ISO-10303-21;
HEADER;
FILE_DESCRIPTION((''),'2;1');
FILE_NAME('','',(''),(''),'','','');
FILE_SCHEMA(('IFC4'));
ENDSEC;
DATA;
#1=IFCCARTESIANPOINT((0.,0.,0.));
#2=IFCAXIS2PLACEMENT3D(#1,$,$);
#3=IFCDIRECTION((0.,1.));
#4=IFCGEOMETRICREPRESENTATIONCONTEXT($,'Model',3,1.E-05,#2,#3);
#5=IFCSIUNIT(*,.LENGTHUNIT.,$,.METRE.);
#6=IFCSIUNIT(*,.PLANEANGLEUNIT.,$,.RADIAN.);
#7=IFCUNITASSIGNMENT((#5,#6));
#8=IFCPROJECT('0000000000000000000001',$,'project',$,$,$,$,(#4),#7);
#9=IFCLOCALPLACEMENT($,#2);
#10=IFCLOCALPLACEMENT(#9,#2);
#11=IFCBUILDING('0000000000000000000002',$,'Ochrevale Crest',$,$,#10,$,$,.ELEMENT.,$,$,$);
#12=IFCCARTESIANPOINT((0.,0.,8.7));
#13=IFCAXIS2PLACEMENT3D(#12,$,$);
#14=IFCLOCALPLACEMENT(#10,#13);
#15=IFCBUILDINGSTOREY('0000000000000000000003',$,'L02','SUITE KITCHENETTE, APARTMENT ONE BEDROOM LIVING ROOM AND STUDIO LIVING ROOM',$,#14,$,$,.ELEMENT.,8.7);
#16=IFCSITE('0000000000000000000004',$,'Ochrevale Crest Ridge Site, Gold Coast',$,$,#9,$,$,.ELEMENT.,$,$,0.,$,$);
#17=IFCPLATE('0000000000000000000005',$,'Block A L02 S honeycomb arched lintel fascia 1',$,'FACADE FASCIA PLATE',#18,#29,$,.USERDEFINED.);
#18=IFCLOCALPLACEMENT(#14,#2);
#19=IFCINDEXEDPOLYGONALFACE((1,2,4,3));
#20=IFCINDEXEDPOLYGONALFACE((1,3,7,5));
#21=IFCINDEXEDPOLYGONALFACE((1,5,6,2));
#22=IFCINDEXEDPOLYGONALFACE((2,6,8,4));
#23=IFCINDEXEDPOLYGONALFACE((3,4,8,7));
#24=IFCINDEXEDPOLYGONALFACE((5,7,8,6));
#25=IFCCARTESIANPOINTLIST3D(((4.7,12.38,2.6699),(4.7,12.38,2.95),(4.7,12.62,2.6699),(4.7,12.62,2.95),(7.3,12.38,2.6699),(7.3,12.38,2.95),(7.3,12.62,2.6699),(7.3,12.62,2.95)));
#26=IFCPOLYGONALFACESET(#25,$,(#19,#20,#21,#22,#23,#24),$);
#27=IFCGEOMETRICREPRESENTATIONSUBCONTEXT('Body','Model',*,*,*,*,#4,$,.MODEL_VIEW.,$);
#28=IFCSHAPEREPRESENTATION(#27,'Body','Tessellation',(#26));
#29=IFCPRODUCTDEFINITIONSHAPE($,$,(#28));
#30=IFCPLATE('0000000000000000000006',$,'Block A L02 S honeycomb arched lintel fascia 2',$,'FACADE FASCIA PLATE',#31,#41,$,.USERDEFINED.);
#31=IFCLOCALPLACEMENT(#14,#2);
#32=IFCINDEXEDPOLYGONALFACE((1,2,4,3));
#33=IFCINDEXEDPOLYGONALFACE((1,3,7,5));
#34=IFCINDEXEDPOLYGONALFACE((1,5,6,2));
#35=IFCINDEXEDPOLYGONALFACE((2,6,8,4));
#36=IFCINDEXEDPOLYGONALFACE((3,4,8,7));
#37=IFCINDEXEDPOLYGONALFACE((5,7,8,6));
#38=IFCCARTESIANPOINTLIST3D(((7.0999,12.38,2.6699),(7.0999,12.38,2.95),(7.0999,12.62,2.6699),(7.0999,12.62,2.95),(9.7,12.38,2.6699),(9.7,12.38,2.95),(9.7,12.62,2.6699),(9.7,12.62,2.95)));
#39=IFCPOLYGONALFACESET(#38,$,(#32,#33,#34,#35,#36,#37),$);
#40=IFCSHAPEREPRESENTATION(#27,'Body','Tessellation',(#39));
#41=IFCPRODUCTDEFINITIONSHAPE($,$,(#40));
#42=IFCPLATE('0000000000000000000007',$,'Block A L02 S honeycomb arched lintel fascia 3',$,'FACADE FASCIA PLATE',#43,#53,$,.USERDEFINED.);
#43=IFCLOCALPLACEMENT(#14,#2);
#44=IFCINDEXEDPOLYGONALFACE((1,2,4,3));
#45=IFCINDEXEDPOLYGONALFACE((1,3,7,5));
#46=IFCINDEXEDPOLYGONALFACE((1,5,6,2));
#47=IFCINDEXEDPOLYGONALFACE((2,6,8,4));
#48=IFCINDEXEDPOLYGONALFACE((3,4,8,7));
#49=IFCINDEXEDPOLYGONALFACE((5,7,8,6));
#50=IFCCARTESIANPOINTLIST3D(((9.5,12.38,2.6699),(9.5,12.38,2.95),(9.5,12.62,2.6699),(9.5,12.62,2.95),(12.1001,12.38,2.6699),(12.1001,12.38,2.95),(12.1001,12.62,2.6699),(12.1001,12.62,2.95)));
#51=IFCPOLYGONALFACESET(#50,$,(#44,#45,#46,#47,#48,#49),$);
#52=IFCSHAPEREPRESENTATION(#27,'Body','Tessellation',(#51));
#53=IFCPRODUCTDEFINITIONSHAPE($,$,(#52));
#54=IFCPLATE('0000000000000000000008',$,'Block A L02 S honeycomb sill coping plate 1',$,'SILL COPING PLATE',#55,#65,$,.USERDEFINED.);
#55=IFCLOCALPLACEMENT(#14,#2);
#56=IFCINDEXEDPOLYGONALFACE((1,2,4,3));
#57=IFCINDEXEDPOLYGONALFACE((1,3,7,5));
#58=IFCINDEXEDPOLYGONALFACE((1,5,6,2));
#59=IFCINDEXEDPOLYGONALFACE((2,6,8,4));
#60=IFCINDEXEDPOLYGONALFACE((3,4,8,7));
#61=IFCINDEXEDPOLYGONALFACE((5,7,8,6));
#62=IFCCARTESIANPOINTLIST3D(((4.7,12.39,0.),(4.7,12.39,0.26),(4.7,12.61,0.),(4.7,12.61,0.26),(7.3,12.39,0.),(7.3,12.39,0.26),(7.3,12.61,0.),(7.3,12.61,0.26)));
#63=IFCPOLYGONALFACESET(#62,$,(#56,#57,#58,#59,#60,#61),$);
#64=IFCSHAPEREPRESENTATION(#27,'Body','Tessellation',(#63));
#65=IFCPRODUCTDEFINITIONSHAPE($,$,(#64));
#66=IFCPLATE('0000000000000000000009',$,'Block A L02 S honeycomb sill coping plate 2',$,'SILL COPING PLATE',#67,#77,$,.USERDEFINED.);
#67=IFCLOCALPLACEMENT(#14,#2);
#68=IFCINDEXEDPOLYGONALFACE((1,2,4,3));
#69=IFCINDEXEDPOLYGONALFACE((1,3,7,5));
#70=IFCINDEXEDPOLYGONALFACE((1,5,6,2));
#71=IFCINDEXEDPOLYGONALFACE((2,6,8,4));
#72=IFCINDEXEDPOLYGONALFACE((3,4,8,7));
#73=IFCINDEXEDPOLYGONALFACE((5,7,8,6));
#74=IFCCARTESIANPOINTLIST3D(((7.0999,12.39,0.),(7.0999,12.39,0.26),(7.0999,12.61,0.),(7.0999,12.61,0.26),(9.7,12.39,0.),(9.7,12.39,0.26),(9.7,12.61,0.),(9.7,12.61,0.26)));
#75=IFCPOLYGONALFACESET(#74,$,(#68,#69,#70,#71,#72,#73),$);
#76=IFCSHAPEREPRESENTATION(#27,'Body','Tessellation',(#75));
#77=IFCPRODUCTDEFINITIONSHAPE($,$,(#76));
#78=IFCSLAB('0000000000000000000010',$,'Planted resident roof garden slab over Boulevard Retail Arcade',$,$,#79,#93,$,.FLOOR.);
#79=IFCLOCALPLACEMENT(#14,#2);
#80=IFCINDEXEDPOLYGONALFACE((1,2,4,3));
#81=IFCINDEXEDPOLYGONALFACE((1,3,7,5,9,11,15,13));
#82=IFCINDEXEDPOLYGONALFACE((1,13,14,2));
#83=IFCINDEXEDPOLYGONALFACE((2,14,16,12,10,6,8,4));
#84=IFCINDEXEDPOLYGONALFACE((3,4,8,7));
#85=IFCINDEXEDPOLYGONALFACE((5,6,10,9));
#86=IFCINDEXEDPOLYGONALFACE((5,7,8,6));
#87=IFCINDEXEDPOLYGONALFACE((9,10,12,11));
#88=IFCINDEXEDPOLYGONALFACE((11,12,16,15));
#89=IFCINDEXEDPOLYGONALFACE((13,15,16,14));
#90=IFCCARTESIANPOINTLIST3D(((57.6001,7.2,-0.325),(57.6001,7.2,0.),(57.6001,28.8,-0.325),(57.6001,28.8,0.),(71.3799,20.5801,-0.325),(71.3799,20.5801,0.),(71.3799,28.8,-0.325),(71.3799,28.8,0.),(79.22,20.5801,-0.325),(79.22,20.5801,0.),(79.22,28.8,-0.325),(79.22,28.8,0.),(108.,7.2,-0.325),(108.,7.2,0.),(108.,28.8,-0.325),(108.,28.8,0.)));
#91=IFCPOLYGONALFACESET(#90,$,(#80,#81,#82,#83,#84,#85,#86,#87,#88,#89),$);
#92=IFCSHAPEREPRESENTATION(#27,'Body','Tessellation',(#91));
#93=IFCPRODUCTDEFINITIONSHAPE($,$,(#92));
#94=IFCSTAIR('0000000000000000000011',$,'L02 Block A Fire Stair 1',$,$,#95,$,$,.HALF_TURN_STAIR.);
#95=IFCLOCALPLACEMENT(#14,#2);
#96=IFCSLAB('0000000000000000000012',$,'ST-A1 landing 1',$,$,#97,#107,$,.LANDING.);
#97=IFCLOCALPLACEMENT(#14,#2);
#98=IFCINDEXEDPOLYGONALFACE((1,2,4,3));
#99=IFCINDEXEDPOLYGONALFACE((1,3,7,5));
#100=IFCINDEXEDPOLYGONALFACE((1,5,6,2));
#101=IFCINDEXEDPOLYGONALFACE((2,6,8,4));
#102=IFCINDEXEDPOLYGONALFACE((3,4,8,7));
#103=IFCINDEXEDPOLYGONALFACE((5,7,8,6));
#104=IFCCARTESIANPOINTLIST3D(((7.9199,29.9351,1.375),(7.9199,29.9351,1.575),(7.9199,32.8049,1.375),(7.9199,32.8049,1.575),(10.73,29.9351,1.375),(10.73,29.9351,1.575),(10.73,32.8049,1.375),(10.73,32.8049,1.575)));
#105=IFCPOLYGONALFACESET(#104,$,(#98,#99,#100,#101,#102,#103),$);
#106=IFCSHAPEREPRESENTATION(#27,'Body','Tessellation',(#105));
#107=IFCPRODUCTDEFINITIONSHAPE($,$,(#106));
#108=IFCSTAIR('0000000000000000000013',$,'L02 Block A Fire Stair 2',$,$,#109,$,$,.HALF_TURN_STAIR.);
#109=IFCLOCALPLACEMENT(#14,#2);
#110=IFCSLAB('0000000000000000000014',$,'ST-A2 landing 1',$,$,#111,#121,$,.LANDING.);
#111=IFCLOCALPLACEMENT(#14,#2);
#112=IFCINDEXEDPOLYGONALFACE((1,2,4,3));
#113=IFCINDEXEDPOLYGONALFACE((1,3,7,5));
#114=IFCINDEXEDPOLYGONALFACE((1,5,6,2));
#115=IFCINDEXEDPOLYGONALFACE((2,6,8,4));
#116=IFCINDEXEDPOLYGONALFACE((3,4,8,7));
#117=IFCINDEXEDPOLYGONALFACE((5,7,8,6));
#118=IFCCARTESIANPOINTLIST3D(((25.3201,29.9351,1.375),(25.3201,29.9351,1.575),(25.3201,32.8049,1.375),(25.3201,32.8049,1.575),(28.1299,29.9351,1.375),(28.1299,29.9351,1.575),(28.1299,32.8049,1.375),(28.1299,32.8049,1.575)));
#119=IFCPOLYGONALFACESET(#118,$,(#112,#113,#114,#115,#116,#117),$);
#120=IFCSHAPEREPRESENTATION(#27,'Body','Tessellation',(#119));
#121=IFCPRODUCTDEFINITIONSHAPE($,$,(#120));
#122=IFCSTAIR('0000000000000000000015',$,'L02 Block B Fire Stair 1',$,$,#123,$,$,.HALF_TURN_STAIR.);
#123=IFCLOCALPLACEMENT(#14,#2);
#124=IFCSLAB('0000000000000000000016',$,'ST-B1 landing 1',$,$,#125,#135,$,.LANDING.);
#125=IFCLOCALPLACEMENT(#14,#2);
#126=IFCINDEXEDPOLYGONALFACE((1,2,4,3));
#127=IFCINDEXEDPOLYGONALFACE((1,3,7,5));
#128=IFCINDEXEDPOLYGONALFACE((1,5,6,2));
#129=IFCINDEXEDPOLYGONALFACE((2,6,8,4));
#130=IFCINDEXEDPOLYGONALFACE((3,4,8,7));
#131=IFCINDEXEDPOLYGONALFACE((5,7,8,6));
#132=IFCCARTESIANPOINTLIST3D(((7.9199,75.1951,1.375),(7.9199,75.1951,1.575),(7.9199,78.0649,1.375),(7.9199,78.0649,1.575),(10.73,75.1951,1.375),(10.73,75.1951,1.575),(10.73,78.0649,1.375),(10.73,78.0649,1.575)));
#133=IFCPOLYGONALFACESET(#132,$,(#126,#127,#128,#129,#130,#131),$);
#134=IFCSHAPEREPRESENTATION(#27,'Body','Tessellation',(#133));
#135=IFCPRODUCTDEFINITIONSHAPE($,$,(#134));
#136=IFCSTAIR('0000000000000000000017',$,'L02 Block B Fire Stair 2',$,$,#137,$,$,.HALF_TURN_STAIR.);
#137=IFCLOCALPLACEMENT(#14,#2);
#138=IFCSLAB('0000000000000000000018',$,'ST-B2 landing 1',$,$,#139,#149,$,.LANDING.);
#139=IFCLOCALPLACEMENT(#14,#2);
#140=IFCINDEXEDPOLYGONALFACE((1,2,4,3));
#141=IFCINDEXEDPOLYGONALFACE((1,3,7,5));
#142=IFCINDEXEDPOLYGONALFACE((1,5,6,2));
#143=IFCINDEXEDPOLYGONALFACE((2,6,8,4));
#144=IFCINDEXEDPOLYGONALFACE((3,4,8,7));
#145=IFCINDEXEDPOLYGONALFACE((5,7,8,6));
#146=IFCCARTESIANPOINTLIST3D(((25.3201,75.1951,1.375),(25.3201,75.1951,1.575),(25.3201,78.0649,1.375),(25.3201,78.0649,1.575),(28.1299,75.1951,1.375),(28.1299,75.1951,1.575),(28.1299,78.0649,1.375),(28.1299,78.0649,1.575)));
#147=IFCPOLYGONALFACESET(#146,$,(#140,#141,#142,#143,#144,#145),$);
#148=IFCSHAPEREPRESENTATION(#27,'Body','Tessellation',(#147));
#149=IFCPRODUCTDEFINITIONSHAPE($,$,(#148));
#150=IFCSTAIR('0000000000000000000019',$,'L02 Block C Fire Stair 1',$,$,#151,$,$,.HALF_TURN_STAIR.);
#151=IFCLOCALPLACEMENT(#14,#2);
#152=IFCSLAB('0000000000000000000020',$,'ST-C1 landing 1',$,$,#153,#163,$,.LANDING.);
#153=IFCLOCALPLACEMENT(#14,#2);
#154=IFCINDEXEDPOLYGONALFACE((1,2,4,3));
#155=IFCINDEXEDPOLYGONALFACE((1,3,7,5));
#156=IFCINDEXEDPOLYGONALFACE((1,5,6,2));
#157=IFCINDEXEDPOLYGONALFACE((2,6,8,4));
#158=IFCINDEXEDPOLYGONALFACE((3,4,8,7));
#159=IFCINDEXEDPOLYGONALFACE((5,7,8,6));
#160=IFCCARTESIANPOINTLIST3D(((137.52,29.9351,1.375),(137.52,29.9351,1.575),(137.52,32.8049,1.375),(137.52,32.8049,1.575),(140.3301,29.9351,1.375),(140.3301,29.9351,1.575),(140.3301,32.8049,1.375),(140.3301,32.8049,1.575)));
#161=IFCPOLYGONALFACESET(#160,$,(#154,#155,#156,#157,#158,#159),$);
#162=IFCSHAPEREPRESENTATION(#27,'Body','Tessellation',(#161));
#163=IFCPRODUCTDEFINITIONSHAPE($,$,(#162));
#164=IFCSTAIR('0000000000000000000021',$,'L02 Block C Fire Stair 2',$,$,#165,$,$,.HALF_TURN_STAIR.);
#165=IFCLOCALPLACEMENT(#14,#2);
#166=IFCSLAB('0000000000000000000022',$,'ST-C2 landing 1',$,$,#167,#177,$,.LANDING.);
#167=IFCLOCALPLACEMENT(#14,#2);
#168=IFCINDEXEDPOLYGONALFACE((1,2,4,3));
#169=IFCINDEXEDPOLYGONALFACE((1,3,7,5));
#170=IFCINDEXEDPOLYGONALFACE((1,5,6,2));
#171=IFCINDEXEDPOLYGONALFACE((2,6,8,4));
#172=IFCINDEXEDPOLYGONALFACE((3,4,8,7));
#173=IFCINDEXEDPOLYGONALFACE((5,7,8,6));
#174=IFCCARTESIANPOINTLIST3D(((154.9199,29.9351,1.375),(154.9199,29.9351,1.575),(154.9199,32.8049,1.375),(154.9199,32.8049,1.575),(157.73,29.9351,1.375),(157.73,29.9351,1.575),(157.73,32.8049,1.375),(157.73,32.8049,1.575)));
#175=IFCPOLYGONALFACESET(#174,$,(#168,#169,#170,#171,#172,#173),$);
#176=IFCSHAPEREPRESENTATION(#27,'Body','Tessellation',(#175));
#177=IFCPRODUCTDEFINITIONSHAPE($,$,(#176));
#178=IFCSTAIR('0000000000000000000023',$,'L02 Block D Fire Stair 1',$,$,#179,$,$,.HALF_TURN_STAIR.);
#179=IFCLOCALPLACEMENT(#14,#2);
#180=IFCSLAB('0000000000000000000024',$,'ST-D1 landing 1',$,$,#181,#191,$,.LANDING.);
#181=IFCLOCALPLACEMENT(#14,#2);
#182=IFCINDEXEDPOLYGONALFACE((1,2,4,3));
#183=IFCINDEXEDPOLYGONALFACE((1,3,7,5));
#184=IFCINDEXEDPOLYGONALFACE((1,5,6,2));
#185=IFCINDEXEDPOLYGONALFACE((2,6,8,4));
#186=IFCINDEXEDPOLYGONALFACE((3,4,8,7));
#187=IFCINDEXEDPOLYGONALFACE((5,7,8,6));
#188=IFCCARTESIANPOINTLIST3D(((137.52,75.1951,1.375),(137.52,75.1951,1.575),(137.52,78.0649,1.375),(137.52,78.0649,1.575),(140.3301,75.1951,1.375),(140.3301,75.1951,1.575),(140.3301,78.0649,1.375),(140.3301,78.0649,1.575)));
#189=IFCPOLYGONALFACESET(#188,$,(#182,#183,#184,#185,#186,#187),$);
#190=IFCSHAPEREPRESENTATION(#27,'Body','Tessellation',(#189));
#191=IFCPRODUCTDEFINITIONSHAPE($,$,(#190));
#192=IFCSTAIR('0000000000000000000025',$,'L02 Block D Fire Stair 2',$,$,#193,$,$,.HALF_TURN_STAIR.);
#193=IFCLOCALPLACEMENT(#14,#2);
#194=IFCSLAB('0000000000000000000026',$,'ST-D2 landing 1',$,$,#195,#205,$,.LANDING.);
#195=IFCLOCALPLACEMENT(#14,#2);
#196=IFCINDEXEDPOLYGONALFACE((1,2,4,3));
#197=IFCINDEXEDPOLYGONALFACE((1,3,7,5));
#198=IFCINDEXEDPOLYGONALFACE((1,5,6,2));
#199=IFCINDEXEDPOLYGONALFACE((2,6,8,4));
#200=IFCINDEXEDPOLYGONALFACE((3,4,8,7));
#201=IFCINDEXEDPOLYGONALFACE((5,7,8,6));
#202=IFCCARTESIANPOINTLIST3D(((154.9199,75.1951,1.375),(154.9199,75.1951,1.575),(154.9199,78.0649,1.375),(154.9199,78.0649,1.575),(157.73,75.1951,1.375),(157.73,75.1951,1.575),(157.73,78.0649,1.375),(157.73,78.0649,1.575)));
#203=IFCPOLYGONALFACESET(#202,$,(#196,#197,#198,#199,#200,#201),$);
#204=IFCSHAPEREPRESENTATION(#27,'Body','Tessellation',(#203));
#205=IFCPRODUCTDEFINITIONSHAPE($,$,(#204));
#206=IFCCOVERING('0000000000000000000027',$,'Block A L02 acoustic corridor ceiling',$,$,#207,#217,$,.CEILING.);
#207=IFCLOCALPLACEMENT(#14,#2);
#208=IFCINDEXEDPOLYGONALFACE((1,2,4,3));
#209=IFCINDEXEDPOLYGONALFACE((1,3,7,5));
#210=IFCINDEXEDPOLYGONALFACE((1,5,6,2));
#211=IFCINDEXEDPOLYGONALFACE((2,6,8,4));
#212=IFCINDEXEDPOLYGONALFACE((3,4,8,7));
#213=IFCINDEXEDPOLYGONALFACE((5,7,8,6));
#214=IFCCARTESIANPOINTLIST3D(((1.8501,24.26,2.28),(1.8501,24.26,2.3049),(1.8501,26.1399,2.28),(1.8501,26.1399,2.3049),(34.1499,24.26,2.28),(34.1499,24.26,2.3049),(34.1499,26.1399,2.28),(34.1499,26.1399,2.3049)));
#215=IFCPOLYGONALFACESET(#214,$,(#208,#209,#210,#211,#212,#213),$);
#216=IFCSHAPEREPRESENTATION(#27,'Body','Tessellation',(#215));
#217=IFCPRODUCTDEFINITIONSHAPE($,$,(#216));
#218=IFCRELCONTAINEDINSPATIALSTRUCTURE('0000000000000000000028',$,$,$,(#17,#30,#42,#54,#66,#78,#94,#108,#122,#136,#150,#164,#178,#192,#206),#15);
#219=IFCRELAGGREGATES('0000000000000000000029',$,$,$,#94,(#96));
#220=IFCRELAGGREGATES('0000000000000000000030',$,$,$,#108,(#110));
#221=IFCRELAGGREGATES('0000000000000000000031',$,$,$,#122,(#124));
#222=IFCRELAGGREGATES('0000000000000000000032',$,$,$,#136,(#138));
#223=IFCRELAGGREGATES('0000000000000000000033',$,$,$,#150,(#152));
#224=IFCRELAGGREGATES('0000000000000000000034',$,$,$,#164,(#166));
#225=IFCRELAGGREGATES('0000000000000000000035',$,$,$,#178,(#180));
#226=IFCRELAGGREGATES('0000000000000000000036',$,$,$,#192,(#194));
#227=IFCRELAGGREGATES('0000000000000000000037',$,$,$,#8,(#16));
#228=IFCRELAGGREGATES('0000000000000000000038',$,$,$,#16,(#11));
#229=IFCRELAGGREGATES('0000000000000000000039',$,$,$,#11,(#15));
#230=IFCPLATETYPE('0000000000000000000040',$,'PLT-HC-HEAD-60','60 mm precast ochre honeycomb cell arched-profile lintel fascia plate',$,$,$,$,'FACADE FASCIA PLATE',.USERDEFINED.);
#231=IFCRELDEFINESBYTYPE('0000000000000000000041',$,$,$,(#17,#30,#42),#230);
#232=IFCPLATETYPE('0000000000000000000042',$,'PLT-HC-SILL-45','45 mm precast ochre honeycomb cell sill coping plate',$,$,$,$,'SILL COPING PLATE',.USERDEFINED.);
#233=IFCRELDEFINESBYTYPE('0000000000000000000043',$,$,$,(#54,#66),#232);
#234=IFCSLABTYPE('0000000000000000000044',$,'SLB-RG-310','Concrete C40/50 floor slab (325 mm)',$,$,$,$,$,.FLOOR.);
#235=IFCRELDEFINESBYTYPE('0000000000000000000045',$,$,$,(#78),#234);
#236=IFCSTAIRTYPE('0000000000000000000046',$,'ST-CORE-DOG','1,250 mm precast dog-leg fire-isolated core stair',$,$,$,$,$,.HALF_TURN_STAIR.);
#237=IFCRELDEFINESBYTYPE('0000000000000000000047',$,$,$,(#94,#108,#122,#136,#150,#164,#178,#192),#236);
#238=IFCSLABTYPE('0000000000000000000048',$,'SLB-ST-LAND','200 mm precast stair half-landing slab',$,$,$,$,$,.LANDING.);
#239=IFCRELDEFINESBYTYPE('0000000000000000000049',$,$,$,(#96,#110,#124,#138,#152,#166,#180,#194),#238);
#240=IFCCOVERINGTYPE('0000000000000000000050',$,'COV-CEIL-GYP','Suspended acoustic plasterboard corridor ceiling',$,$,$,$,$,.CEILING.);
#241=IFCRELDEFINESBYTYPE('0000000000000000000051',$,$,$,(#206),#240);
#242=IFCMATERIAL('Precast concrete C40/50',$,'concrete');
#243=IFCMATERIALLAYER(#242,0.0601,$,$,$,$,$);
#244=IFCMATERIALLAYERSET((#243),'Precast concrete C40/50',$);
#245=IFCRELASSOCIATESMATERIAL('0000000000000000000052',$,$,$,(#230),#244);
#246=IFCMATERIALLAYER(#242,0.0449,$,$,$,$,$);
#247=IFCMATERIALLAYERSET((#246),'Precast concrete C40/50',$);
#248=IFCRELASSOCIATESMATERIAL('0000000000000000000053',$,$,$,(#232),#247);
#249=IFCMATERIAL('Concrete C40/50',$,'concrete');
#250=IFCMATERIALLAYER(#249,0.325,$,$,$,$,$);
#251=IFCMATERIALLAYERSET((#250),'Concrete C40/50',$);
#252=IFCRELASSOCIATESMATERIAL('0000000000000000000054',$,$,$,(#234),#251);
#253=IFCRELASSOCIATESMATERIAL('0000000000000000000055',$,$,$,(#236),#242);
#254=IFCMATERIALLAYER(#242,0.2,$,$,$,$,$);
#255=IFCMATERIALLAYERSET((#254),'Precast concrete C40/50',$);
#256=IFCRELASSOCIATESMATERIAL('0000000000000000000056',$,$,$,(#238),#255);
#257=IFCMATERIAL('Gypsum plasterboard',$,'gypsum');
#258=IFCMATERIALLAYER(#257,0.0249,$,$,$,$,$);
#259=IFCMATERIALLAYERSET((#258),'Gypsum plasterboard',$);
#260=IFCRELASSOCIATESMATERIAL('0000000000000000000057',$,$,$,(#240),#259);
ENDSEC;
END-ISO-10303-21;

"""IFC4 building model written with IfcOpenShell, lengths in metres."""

from ifc_helpers import new_model, si_unit, direction, frame, origin, origin_2d, place, context, subcontext, project, spatial, polyline, rectangle, outline, extrude, material, layer, layer_set, type_object, element, aggregate, save


model = new_model("IFC4")

# Units and contexts
model_context = context("Model", 3, precision=1e-05, world=origin(), true_north=direction((0.0, 1.0)))
body_context = subcontext(model_context, "Body", "Model", "MODEL_VIEW")
ifc_project = project(units=[si_unit("LENGTHUNIT", "METRE"), si_unit("PLANEANGLEUNIT", "RADIAN")], contexts=[model_context])

# Site, building, storey
site_placement = place(None, origin())
site = spatial("IfcSite", under=ifc_project, at=site_placement, Name="Ochrevale Crest Ridge Site, Gold Coast", CompositionType="ELEMENT", RefElevation=0.0)
building_placement = place(site_placement, origin())
building = spatial("IfcBuilding", under=site, at=building_placement, Name="Ochrevale Crest", CompositionType="ELEMENT")
storey_placement = place(building_placement, frame((0.0, 0.0, 8.7)))
storey = spatial("IfcBuildingStorey", under=building, at=storey_placement, Name="L02", Description="SUITE KITCHENETTE, APARTMENT ONE BEDROOM LIVING ROOM AND STUDIO LIVING ROOM", CompositionType="ELEMENT", Elevation=8.7)

# Plates
ifc_material_1 = material(Name="Precast concrete C40/50", Category="concrete")
ifc_layer_1 = layer(ifc_material_1, 0.0601)
ifc_layer_set_1 = layer_set([ifc_layer_1], Name="Precast concrete C40/50")
plate_type_1 = type_object("IfcPlateType", Name="PLT-HC-HEAD-60", Description="60 mm precast ochre honeycomb cell arched-profile lintel fascia plate", ElementType="FACADE FASCIA PLATE", PredefinedType="USERDEFINED", material=ifc_layer_set_1)
for number, where, z_axis, x_axis, name in (
    (1, (6.0, 12.5, 2.6699), (0.0, 0.0, 1.0), (1.0, 0.0, 0.0), "Block A L02 S honeycomb arched lintel fascia 1"),
    (2, (8.3999, 12.5, 2.6699), (0.0, 0.0, 1.0), (1.0, 0.0, 0.0), "Block A L02 S honeycomb arched lintel fascia 2"),
    (3, (10.8, 12.5, 2.6699), (0.0, 0.0, 1.0), (1.0, 0.0, 0.0), "Block A L02 S honeycomb arched lintel fascia 3"),
):
    element("IfcPlate", number, at=place(storey_placement, frame(where, z_axis=z_axis, x_axis=x_axis)), inside=storey, type_object=plate_type_1, Name=name, ObjectType="FACADE FASCIA PLATE", PredefinedType="USERDEFINED", context=body_context, shape_type="SweptSolid", body=[
        extrude(rectangle(XDim=2.6001, YDim=0.24, at=origin_2d()), origin(), (0.0, 0.0, 1.0), 0.28),
    ])
ifc_layer_2 = layer(ifc_material_1, 0.0449)
ifc_layer_set_2 = layer_set([ifc_layer_2], Name="Precast concrete C40/50")
plate_type_2 = type_object("IfcPlateType", Name="PLT-HC-SILL-45", Description="45 mm precast ochre honeycomb cell sill coping plate", ElementType="SILL COPING PLATE", PredefinedType="USERDEFINED", material=ifc_layer_set_2)
for number, where, z_axis, x_axis, name in (
    (4, (6.0, 12.5, 0.0), (0.0, 0.0, 1.0), (1.0, 0.0, 0.0), "Block A L02 S honeycomb sill coping plate 1"),
    (5, (8.3999, 12.5, 0.0), (0.0, 0.0, 1.0), (1.0, 0.0, 0.0), "Block A L02 S honeycomb sill coping plate 2"),
):
    element("IfcPlate", number, at=place(storey_placement, frame(where, z_axis=z_axis, x_axis=x_axis)), inside=storey, type_object=plate_type_2, Name=name, ObjectType="SILL COPING PLATE", PredefinedType="USERDEFINED", context=body_context, shape_type="SweptSolid", body=[
        extrude(rectangle(XDim=2.6001, YDim=0.22, at=origin_2d()), origin(), (0.0, 0.0, 1.0), 0.26),
    ])

# Slab
ifc_material_2 = material(Name="Concrete C40/50", Category="concrete")
ifc_layer_3 = layer(ifc_material_2, 0.325)
ifc_layer_set_3 = layer_set([ifc_layer_3], Name="Concrete C40/50")
slab_type_1 = type_object("IfcSlabType", Name="SLB-RG-310", Description="Concrete C40/50 floor slab (325 mm)", PredefinedType="FLOOR", material=ifc_layer_set_3)
slab_1_placement = place(storey_placement, frame((0.0, 0.0, -0.325)))
element("IfcSlab", 6, at=slab_1_placement, inside=storey, type_object=slab_type_1, Name="Planted resident roof garden slab over Boulevard Retail Arcade", PredefinedType="FLOOR", context=body_context, shape_type="SweptSolid", body=[
    extrude(outline(polyline([(57.6001, 7.2), (108.0, 7.2), (108.0, 28.8), (79.22, 28.8), (79.22, 20.5801), (71.3799, 20.5801), (71.3799, 28.8), (57.6001, 28.8), (57.6001, 7.2)])), origin(), (0.0, 0.0, 1.0), 0.325),
])

# Stairs, slabs
stair_type = type_object("IfcStairType", Name="ST-CORE-DOG", Description="1,250 mm precast dog-leg fire-isolated core stair", PredefinedType="HALF_TURN_STAIR", material=ifc_material_1)
stair_1_placement = place(storey_placement, origin())
stair_1 = element("IfcStair", 7, at=stair_1_placement, inside=storey, type_object=stair_type, Name="L02 Block A Fire Stair 1", PredefinedType="HALF_TURN_STAIR")
ifc_layer_4 = layer(ifc_material_1, 0.2)
ifc_layer_set_4 = layer_set([ifc_layer_4], Name="Precast concrete C40/50")
slab_type_2 = type_object("IfcSlabType", Name="SLB-ST-LAND", Description="200 mm precast stair half-landing slab", PredefinedType="LANDING", material=ifc_layer_set_4)
slab_2_placement = place(storey_placement, frame((0.0, 0.0, 1.375)))
slab_2 = element("IfcSlab", 8, at=slab_2_placement, type_object=slab_type_2, Name="ST-A1 landing 1", PredefinedType="LANDING", context=body_context, shape_type="SweptSolid", body=[
    extrude(outline(polyline([(10.73, 29.9351), (10.73, 32.8049), (7.9199, 32.8049), (7.9199, 29.9351), (10.73, 29.9351)])), origin(), (0.0, 0.0, 1.0), 0.2),
])
aggregate(stair_1, [slab_2])
stair_2_placement = place(storey_placement, origin())
stair_2 = element("IfcStair", 9, at=stair_2_placement, inside=storey, type_object=stair_type, Name="L02 Block A Fire Stair 2", PredefinedType="HALF_TURN_STAIR")
slab_3_placement = place(storey_placement, frame((0.0, 0.0, 1.375)))
slab_3 = element("IfcSlab", 10, at=slab_3_placement, type_object=slab_type_2, Name="ST-A2 landing 1", PredefinedType="LANDING", context=body_context, shape_type="SweptSolid", body=[
    extrude(outline(polyline([(28.1299, 29.9351), (28.1299, 32.8049), (25.3201, 32.8049), (25.3201, 29.9351), (28.1299, 29.9351)])), origin(), (0.0, 0.0, 1.0), 0.2),
])
aggregate(stair_2, [slab_3])
stair_3_placement = place(storey_placement, origin())
stair_3 = element("IfcStair", 11, at=stair_3_placement, inside=storey, type_object=stair_type, Name="L02 Block B Fire Stair 1", PredefinedType="HALF_TURN_STAIR")
slab_4_placement = place(storey_placement, frame((0.0, 0.0, 1.375)))
slab_4 = element("IfcSlab", 12, at=slab_4_placement, type_object=slab_type_2, Name="ST-B1 landing 1", PredefinedType="LANDING", context=body_context, shape_type="SweptSolid", body=[
    extrude(outline(polyline([(7.9199, 78.0649), (7.9199, 75.1951), (10.73, 75.1951), (10.73, 78.0649), (7.9199, 78.0649)])), origin(), (0.0, 0.0, 1.0), 0.2),
])
aggregate(stair_3, [slab_4])
stair_4_placement = place(storey_placement, origin())
stair_4 = element("IfcStair", 13, at=stair_4_placement, inside=storey, type_object=stair_type, Name="L02 Block B Fire Stair 2", PredefinedType="HALF_TURN_STAIR")
slab_5_placement = place(storey_placement, frame((0.0, 0.0, 1.375)))
slab_5 = element("IfcSlab", 14, at=slab_5_placement, type_object=slab_type_2, Name="ST-B2 landing 1", PredefinedType="LANDING", context=body_context, shape_type="SweptSolid", body=[
    extrude(outline(polyline([(25.3201, 78.0649), (25.3201, 75.1951), (28.1299, 75.1951), (28.1299, 78.0649), (25.3201, 78.0649)])), origin(), (0.0, 0.0, 1.0), 0.2),
])
aggregate(stair_4, [slab_5])
stair_5_placement = place(storey_placement, origin())
stair_5 = element("IfcStair", 15, at=stair_5_placement, inside=storey, type_object=stair_type, Name="L02 Block C Fire Stair 1", PredefinedType="HALF_TURN_STAIR")
slab_6_placement = place(storey_placement, frame((0.0, 0.0, 1.375)))
slab_6 = element("IfcSlab", 16, at=slab_6_placement, type_object=slab_type_2, Name="ST-C1 landing 1", PredefinedType="LANDING", context=body_context, shape_type="SweptSolid", body=[
    extrude(outline(polyline([(140.3301, 29.9351), (140.3301, 32.8049), (137.52, 32.8049), (137.52, 29.9351), (140.3301, 29.9351)])), origin(), (0.0, 0.0, 1.0), 0.2),
])
aggregate(stair_5, [slab_6])
stair_6_placement = place(storey_placement, origin())
stair_6 = element("IfcStair", 17, at=stair_6_placement, inside=storey, type_object=stair_type, Name="L02 Block C Fire Stair 2", PredefinedType="HALF_TURN_STAIR")
slab_7_placement = place(storey_placement, frame((0.0, 0.0, 1.375)))
slab_7 = element("IfcSlab", 18, at=slab_7_placement, type_object=slab_type_2, Name="ST-C2 landing 1", PredefinedType="LANDING", context=body_context, shape_type="SweptSolid", body=[
    extrude(outline(polyline([(157.73, 29.9351), (157.73, 32.8049), (154.9199, 32.8049), (154.9199, 29.9351), (157.73, 29.9351)])), origin(), (0.0, 0.0, 1.0), 0.2),
])
aggregate(stair_6, [slab_7])
stair_7_placement = place(storey_placement, origin())
stair_7 = element("IfcStair", 19, at=stair_7_placement, inside=storey, type_object=stair_type, Name="L02 Block D Fire Stair 1", PredefinedType="HALF_TURN_STAIR")
slab_8_placement = place(storey_placement, frame((0.0, 0.0, 1.375)))
slab_8 = element("IfcSlab", 20, at=slab_8_placement, type_object=slab_type_2, Name="ST-D1 landing 1", PredefinedType="LANDING", context=body_context, shape_type="SweptSolid", body=[
    extrude(outline(polyline([(137.52, 78.0649), (137.52, 75.1951), (140.3301, 75.1951), (140.3301, 78.0649), (137.52, 78.0649)])), origin(), (0.0, 0.0, 1.0), 0.2),
])
aggregate(stair_7, [slab_8])
stair_8_placement = place(storey_placement, origin())
stair_8 = element("IfcStair", 21, at=stair_8_placement, inside=storey, type_object=stair_type, Name="L02 Block D Fire Stair 2", PredefinedType="HALF_TURN_STAIR")
slab_9_placement = place(storey_placement, frame((0.0, 0.0, 1.375)))
slab_9 = element("IfcSlab", 22, at=slab_9_placement, type_object=slab_type_2, Name="ST-D2 landing 1", PredefinedType="LANDING", context=body_context, shape_type="SweptSolid", body=[
    extrude(outline(polyline([(154.9199, 78.0649), (154.9199, 75.1951), (157.73, 75.1951), (157.73, 78.0649), (154.9199, 78.0649)])), origin(), (0.0, 0.0, 1.0), 0.2),
])
aggregate(stair_8, [slab_9])

# Covering
ifc_material_3 = material(Name="Gypsum plasterboard", Category="gypsum")
ifc_layer_5 = layer(ifc_material_3, 0.0249)
ifc_layer_set_5 = layer_set([ifc_layer_5], Name="Gypsum plasterboard")
covering_type_1 = type_object("IfcCoveringType", Name="COV-CEIL-GYP", Description="Suspended acoustic plasterboard corridor ceiling", PredefinedType="CEILING", material=ifc_layer_set_5)
covering_1_placement = place(storey_placement, frame((0.0, 0.0, 2.28)))
element("IfcCovering", 23, at=covering_1_placement, inside=storey, type_object=covering_type_1, Name="Block A L02 acoustic corridor ceiling", PredefinedType="CEILING", context=body_context, shape_type="SweptSolid", body=[
    extrude(outline(polyline([(1.8501, 24.26), (34.1499, 24.26), (34.1499, 26.1399), (1.8501, 26.1399), (1.8501, 24.26)])), origin(), (0.0, 0.0, 1.0), 0.0249),
])

save(model, "model.ifc")
